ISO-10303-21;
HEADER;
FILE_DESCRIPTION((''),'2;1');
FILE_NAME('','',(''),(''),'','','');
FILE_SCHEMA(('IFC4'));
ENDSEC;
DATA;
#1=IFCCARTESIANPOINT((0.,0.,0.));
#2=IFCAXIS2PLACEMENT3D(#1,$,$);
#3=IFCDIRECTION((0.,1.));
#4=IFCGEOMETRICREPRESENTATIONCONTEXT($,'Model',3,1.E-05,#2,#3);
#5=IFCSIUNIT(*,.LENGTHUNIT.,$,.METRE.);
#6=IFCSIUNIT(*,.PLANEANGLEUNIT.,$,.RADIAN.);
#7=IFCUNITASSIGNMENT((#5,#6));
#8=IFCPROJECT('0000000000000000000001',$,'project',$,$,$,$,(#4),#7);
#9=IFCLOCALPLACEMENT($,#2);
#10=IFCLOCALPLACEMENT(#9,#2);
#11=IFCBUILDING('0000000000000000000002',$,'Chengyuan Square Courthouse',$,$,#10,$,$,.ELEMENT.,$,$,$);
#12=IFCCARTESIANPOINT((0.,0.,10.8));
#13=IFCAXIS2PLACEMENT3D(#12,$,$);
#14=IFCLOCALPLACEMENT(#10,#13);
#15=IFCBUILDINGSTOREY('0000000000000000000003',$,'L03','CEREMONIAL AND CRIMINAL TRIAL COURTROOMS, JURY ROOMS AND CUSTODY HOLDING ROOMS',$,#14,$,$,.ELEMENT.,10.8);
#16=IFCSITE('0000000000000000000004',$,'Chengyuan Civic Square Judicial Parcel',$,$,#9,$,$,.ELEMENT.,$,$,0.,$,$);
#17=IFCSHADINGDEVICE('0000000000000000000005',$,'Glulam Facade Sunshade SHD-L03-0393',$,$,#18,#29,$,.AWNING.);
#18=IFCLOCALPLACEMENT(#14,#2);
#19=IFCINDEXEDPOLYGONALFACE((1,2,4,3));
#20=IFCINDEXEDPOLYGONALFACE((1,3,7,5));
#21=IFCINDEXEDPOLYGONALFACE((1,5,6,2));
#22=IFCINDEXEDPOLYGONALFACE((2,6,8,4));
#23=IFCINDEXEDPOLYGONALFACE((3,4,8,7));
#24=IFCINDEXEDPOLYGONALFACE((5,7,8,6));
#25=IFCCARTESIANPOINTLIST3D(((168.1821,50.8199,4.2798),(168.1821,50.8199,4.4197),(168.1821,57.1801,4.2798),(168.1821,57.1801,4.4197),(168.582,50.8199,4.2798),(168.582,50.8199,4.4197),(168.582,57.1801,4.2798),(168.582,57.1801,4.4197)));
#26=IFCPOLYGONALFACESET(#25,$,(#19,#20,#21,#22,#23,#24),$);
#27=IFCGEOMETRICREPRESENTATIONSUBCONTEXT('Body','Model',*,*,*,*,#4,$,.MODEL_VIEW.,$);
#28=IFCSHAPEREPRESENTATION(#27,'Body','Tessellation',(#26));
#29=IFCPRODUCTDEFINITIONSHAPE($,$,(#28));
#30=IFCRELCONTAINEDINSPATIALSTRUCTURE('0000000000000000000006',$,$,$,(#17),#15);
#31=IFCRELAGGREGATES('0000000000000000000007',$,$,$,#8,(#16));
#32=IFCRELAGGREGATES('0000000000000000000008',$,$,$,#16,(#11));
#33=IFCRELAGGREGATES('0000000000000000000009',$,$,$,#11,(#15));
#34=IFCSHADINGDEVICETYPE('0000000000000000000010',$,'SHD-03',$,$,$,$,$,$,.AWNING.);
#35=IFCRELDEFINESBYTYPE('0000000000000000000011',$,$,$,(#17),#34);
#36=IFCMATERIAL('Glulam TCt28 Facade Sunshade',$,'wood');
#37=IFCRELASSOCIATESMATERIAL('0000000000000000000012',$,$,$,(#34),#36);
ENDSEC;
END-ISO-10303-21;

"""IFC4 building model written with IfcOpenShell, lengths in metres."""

from ifc_helpers import new_model, si_unit, direction, frame, origin, origin_2d, place, context, subcontext, project, spatial, rectangle, extrude, material, type_object, element, save


model = new_model("IFC4")

# Units and contexts
model_context = context("Model", 3, precision=1e-05, world=origin(), true_north=direction((0.0, 1.0)))
body_context = subcontext(model_context, "Body", "Model", "MODEL_VIEW")
ifc_project = project(units=[si_unit("LENGTHUNIT", "METRE"), si_unit("PLANEANGLEUNIT", "RADIAN")], contexts=[model_context])

# Site, building, storey
site_placement = place(None, origin())
site = spatial("IfcSite", under=ifc_project, at=site_placement, Name="Chengyuan Civic Square Judicial Parcel", CompositionType="ELEMENT", RefElevation=0.0)
building_placement = place(site_placement, origin())
building = spatial("IfcBuilding", under=site, at=building_placement, Name="Chengyuan Square Courthouse", CompositionType="ELEMENT")
storey_placement = place(building_placement, frame((0.0, 0.0, 10.8)))
storey = spatial("IfcBuildingStorey", under=building, at=storey_placement, Name="L03", Description="CEREMONIAL AND CRIMINAL TRIAL COURTROOMS, JURY ROOMS AND CUSTODY HOLDING ROOMS", CompositionType="ELEMENT", Elevation=10.8)

# Shading device
ifc_material_1 = material(Name="Glulam TCt28 Facade Sunshade", Category="wood")
shading_device_type_1 = type_object("IfcShadingDeviceType", Name="SHD-03", PredefinedType="AWNING", material=ifc_material_1)
shading_device_1_placement = place(storey_placement, frame((168.3821, 54.0, 4.2798), z_axis=(0.0, 0.0, 1.0), x_axis=(0.0, 1.0, 0.0)))
element("IfcShadingDevice", 1, at=shading_device_1_placement, inside=storey, type_object=shading_device_type_1, Name="Glulam Facade Sunshade SHD-L03-0393", PredefinedType="AWNING", context=body_context, shape_type="SweptSolid", body=[
    extrude(rectangle(XDim=6.3601, YDim=0.3999, at=origin_2d()), origin(), (0.0, 0.0, 1.0), 0.1399),
])

save(model, "model.ifc")
